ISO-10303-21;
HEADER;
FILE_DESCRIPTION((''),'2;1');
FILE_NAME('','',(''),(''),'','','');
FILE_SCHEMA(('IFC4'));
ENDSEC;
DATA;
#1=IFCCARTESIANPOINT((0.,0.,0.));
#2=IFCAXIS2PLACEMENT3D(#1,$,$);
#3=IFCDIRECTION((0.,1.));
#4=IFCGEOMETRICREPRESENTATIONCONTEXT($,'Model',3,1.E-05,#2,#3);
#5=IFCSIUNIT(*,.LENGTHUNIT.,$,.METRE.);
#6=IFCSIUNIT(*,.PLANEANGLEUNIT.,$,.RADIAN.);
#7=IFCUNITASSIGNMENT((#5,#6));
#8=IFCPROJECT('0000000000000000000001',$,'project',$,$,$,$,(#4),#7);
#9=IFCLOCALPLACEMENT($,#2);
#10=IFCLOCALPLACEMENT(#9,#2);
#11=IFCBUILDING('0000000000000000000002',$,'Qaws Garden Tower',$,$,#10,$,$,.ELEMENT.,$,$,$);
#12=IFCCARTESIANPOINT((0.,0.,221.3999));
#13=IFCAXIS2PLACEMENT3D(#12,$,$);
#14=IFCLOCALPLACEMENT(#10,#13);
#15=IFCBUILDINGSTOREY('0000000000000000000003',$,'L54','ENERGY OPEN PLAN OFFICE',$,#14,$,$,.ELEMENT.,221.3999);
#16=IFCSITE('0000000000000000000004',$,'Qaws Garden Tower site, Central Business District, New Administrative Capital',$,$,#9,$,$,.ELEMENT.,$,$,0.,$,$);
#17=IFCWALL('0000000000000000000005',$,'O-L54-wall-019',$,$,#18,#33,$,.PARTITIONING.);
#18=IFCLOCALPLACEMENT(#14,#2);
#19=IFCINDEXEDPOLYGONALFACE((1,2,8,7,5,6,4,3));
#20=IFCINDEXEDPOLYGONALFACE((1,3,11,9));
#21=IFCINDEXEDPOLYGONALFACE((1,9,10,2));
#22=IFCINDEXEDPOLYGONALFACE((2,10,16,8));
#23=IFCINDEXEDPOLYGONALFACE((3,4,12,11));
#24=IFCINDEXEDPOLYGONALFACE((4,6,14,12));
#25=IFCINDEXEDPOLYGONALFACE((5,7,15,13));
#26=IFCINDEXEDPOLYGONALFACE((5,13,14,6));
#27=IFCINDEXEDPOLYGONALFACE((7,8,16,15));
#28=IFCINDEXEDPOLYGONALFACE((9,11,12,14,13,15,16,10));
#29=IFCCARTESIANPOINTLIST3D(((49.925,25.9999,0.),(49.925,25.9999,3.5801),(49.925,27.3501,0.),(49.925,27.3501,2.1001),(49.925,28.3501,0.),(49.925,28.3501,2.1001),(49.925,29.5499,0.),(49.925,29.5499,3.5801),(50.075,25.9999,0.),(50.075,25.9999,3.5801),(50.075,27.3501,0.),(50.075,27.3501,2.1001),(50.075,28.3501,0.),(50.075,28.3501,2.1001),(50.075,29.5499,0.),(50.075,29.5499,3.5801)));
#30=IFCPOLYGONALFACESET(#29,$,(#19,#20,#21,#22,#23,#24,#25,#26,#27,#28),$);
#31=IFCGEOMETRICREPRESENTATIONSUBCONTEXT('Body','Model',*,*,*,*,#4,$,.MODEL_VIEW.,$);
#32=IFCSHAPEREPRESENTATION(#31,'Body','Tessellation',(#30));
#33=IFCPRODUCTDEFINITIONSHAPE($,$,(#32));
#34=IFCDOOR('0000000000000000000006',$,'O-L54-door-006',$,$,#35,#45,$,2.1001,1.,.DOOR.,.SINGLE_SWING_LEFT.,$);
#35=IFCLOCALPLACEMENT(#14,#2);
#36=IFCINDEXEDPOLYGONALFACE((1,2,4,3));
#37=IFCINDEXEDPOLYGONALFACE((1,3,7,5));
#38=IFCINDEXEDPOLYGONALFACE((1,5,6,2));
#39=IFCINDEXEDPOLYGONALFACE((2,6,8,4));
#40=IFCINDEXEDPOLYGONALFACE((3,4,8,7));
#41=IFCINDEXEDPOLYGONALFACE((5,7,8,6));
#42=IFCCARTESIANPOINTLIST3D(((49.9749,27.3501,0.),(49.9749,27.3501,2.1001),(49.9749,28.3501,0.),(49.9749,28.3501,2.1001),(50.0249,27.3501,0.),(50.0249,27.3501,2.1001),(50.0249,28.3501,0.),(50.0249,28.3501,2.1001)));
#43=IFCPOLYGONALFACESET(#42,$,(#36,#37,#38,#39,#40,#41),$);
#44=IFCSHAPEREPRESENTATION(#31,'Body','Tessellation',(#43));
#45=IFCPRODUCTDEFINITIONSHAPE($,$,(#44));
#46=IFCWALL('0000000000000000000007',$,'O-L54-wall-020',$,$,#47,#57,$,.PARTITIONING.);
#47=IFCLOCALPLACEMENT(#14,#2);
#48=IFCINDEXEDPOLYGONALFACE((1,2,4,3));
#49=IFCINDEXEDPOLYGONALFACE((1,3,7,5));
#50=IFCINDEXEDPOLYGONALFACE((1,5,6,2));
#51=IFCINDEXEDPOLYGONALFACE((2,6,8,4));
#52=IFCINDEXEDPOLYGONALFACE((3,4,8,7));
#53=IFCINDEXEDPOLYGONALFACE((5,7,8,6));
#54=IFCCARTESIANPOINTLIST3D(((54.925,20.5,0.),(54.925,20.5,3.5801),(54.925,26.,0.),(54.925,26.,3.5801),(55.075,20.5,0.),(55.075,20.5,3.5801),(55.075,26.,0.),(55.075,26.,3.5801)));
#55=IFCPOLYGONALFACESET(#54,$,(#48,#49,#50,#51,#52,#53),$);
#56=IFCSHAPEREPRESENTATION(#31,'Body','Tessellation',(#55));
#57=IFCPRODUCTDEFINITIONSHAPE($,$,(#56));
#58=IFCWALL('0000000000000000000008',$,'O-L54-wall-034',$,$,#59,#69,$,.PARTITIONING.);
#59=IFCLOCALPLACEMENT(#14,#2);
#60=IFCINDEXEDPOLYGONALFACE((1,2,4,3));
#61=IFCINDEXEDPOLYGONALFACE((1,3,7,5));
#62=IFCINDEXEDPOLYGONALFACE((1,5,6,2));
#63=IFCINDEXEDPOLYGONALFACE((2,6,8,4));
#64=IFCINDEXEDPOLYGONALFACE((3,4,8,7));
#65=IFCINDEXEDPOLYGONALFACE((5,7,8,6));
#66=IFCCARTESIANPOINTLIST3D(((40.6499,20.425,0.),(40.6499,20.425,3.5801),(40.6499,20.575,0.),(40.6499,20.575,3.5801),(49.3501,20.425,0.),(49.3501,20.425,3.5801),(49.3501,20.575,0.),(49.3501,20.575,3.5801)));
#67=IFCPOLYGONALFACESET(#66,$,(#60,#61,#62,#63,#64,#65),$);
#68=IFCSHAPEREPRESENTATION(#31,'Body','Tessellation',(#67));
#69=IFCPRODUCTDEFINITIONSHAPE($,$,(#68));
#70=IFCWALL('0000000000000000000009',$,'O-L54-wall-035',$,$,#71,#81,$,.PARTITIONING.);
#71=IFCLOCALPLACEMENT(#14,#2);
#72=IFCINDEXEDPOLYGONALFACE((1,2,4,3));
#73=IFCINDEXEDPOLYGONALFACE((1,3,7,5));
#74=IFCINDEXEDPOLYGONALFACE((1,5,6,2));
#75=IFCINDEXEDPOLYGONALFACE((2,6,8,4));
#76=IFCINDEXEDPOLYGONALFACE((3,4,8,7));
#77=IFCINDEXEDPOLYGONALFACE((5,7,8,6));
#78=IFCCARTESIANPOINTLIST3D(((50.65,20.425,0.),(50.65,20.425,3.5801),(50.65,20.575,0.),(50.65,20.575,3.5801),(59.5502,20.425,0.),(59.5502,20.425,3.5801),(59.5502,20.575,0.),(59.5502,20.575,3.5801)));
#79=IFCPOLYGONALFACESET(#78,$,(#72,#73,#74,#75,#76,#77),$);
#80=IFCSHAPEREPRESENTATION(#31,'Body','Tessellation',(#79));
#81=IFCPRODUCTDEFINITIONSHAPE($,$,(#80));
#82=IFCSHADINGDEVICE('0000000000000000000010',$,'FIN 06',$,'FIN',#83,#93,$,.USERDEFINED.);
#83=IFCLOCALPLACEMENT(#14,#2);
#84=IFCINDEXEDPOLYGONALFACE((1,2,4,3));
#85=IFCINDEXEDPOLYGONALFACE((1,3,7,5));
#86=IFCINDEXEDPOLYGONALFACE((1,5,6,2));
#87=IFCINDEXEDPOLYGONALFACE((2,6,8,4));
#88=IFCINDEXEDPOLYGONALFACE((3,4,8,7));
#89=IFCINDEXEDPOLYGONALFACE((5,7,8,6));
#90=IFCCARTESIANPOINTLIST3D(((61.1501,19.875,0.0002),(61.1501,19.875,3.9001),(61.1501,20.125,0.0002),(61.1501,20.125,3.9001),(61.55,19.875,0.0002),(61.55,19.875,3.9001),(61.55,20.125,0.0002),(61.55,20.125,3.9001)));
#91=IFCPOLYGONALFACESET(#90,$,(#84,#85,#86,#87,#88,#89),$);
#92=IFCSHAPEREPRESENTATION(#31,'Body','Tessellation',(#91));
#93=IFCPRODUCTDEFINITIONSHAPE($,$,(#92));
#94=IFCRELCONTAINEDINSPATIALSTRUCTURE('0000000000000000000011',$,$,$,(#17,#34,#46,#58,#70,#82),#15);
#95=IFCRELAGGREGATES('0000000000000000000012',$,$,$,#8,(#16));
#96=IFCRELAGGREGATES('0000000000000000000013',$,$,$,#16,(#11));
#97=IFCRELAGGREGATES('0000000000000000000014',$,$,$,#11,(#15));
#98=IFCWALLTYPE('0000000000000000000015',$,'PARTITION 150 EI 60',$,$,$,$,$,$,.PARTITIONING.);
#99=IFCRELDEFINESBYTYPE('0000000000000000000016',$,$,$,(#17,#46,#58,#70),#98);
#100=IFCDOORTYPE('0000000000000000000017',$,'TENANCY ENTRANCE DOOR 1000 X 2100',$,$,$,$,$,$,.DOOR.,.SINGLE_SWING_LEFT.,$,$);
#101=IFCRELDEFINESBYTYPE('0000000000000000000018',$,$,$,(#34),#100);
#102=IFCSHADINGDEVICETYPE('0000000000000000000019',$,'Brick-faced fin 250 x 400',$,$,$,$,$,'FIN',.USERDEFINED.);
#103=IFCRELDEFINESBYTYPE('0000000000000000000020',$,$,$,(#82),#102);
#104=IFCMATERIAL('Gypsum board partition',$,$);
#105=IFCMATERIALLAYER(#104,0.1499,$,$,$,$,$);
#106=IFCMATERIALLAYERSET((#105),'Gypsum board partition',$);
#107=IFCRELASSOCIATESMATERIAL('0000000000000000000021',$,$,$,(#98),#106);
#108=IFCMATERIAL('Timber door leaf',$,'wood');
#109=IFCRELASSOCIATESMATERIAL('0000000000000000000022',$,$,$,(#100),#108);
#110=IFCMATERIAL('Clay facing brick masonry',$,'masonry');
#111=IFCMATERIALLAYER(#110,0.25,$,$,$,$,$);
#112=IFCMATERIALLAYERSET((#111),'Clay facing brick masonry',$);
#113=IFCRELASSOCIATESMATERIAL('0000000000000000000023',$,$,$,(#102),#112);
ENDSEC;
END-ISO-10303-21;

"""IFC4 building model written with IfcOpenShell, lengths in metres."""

from ifc_helpers import new_model, si_unit, direction, frame, frame_2d, origin, origin_2d, place, context, subcontext, project, spatial, rectangle, extrude, material, layer, layer_set, type_object, element, fill, save


model = new_model("IFC4")

# Units and contexts
model_context = context("Model", 3, precision=1e-05, world=origin(), true_north=direction((0.0, 1.0)))
body_context = subcontext(model_context, "Body", "Model", "MODEL_VIEW")
ifc_project = project(units=[si_unit("LENGTHUNIT", "METRE"), si_unit("PLANEANGLEUNIT", "RADIAN")], contexts=[model_context])

# Site, building, storey
site_placement = place(None, origin())
site = spatial("IfcSite", under=ifc_project, at=site_placement, Name="Qaws Garden Tower site, Central Business District, New Administrative Capital", CompositionType="ELEMENT", RefElevation=0.0)
building_placement = place(site_placement, origin())
building = spatial("IfcBuilding", under=site, at=building_placement, Name="Qaws Garden Tower", CompositionType="ELEMENT")
storey_placement = place(building_placement, frame((0.0, 0.0, 221.3999)))
storey = spatial("IfcBuildingStorey", under=building, at=storey_placement, Name="L54", Description="ENERGY OPEN PLAN OFFICE", CompositionType="ELEMENT", Elevation=221.3999)

# Shared definitions
ifc_material_1 = material(Name="Gypsum board partition")
ifc_layer_1 = layer(ifc_material_1, 0.1499)
ifc_layer_set_1 = layer_set([ifc_layer_1], Name="Gypsum board partition")
wall_type = type_object("IfcWallType", Name="PARTITION 150 EI 60", PredefinedType="PARTITIONING", material=ifc_layer_set_1)

# Wall, opening, door
wall_1_placement = place(storey_placement, frame((50.0, 26.0, 0.0), z_axis=(0.0, 0.0, 1.0), x_axis=(0.0, 1.0, 0.0)))
wall_1 = element("IfcWall", 1, at=wall_1_placement, inside=storey, type_object=wall_type, Name="O-L54-wall-019", PredefinedType="PARTITIONING", context=body_context, shape_type="SweptSolid", body=[
    extrude(rectangle(XDim=3.55, YDim=0.1499, at=frame_2d((1.7749, 0.0))), origin(), (0.0, 0.0, 1.0), 3.5801),
])
opening_placement = place(wall_1_placement, frame((1.3501, 0.0, 0.0)))
opening = element("IfcOpeningElement", 2, at=opening_placement, cuts=wall_1, PredefinedType="OPENING", context=body_context, shape_type="SweptSolid", body=[
    extrude(rectangle(XDim=1.0, YDim=2.1001, at=frame_2d((0.5, 1.05))), frame((0.0, 0.085, 0.0), z_axis=(0.0, -1.0, 0.0), x_axis=(1.0, 0.0, 0.0)), (0.0, 0.0, 1.0), 0.1699),
])
ifc_material_2 = material(Name="Timber door leaf", Category="wood")
door_type = type_object("IfcDoorType", Name="TENANCY ENTRANCE DOOR 1000 X 2100", OperationType="SINGLE_SWING_LEFT", PredefinedType="DOOR", material=ifc_material_2)
door_placement = place(opening_placement, frame((1.0, 0.0, 0.0), z_axis=(0.0, 0.0, 1.0), x_axis=(-1.0, 0.0, 0.0)))
door = element("IfcDoor", 3, at=door_placement, inside=storey, type_object=door_type, Name="O-L54-door-006", OperationType="SINGLE_SWING_LEFT", OverallHeight=2.1001, OverallWidth=1.0, PredefinedType="DOOR", context=body_context, shape_type="SweptSolid", body=[
    extrude(rectangle(XDim=1.0, YDim=2.1001, at=frame_2d((0.5, 1.05))), frame((0.0, 0.0249, 0.0), z_axis=(0.0, -1.0, 0.0), x_axis=(1.0, 0.0, 0.0)), (0.0, 0.0, 1.0), 0.05),
])
fill(opening, door)

# Walls
wall_2_placement = place(storey_placement, frame((55.0, 20.5, 0.0), z_axis=(0.0, 0.0, 1.0), x_axis=(0.0, 1.0, 0.0)))
element("IfcWall", 4, at=wall_2_placement, inside=storey, type_object=wall_type, Name="O-L54-wall-020", PredefinedType="PARTITIONING", context=body_context, shape_type="SweptSolid", body=[
    extrude(rectangle(XDim=5.5, YDim=0.1499, at=frame_2d((2.75, 0.0))), origin(), (0.0, 0.0, 1.0), 3.5801),
])
wall_3_placement = place(storey_placement, frame((40.6499, 20.5, 0.0), z_axis=(0.0, 0.0, 1.0), x_axis=(1.0, 0.0, 0.0)))
element("IfcWall", 5, at=wall_3_placement, inside=storey, type_object=wall_type, Name="O-L54-wall-034", PredefinedType="PARTITIONING", context=body_context, shape_type="SweptSolid", body=[
    extrude(rectangle(XDim=8.7002, YDim=0.1499, at=frame_2d((4.3501, 0.0))), origin(), (0.0, 0.0, 1.0), 3.5801),
])
wall_4_placement = place(storey_placement, frame((50.6499, 20.5, 0.0), z_axis=(0.0, 0.0, 1.0), x_axis=(1.0, 0.0, 0.0)))
element("IfcWall", 6, at=wall_4_placement, inside=storey, type_object=wall_type, Name="O-L54-wall-035", PredefinedType="PARTITIONING", context=body_context, shape_type="SweptSolid", body=[
    extrude(rectangle(XDim=8.9001, YDim=0.1499, at=frame_2d((4.4502, 0.0))), origin(), (0.0, 0.0, 1.0), 3.5801),
])

# Shading device
ifc_material_3 = material(Name="Clay facing brick masonry", Category="masonry")
ifc_layer_2 = layer(ifc_material_3, 0.25)
ifc_layer_set_2 = layer_set([ifc_layer_2], Name="Clay facing brick masonry")
shading_device_type = type_object("IfcShadingDeviceType", Name="Brick-faced fin 250 x 400", ElementType="FIN", PredefinedType="USERDEFINED", material=ifc_layer_set_2)
shading_device_placement = place(storey_placement, frame((61.3501, 20.0, 0.0002), z_axis=(0.0, 0.0, 1.0), x_axis=(0.0, 1.0, 0.0)))
element("IfcShadingDevice", 7, at=shading_device_placement, inside=storey, type_object=shading_device_type, Name="FIN 06", ObjectType="FIN", PredefinedType="USERDEFINED", context=body_context, shape_type="SweptSolid", body=[
    extrude(rectangle(XDim=0.25, YDim=0.3999, at=origin_2d()), origin(), (0.0, 0.0, 1.0), 3.8999),
])

save(model, "model.ifc")
